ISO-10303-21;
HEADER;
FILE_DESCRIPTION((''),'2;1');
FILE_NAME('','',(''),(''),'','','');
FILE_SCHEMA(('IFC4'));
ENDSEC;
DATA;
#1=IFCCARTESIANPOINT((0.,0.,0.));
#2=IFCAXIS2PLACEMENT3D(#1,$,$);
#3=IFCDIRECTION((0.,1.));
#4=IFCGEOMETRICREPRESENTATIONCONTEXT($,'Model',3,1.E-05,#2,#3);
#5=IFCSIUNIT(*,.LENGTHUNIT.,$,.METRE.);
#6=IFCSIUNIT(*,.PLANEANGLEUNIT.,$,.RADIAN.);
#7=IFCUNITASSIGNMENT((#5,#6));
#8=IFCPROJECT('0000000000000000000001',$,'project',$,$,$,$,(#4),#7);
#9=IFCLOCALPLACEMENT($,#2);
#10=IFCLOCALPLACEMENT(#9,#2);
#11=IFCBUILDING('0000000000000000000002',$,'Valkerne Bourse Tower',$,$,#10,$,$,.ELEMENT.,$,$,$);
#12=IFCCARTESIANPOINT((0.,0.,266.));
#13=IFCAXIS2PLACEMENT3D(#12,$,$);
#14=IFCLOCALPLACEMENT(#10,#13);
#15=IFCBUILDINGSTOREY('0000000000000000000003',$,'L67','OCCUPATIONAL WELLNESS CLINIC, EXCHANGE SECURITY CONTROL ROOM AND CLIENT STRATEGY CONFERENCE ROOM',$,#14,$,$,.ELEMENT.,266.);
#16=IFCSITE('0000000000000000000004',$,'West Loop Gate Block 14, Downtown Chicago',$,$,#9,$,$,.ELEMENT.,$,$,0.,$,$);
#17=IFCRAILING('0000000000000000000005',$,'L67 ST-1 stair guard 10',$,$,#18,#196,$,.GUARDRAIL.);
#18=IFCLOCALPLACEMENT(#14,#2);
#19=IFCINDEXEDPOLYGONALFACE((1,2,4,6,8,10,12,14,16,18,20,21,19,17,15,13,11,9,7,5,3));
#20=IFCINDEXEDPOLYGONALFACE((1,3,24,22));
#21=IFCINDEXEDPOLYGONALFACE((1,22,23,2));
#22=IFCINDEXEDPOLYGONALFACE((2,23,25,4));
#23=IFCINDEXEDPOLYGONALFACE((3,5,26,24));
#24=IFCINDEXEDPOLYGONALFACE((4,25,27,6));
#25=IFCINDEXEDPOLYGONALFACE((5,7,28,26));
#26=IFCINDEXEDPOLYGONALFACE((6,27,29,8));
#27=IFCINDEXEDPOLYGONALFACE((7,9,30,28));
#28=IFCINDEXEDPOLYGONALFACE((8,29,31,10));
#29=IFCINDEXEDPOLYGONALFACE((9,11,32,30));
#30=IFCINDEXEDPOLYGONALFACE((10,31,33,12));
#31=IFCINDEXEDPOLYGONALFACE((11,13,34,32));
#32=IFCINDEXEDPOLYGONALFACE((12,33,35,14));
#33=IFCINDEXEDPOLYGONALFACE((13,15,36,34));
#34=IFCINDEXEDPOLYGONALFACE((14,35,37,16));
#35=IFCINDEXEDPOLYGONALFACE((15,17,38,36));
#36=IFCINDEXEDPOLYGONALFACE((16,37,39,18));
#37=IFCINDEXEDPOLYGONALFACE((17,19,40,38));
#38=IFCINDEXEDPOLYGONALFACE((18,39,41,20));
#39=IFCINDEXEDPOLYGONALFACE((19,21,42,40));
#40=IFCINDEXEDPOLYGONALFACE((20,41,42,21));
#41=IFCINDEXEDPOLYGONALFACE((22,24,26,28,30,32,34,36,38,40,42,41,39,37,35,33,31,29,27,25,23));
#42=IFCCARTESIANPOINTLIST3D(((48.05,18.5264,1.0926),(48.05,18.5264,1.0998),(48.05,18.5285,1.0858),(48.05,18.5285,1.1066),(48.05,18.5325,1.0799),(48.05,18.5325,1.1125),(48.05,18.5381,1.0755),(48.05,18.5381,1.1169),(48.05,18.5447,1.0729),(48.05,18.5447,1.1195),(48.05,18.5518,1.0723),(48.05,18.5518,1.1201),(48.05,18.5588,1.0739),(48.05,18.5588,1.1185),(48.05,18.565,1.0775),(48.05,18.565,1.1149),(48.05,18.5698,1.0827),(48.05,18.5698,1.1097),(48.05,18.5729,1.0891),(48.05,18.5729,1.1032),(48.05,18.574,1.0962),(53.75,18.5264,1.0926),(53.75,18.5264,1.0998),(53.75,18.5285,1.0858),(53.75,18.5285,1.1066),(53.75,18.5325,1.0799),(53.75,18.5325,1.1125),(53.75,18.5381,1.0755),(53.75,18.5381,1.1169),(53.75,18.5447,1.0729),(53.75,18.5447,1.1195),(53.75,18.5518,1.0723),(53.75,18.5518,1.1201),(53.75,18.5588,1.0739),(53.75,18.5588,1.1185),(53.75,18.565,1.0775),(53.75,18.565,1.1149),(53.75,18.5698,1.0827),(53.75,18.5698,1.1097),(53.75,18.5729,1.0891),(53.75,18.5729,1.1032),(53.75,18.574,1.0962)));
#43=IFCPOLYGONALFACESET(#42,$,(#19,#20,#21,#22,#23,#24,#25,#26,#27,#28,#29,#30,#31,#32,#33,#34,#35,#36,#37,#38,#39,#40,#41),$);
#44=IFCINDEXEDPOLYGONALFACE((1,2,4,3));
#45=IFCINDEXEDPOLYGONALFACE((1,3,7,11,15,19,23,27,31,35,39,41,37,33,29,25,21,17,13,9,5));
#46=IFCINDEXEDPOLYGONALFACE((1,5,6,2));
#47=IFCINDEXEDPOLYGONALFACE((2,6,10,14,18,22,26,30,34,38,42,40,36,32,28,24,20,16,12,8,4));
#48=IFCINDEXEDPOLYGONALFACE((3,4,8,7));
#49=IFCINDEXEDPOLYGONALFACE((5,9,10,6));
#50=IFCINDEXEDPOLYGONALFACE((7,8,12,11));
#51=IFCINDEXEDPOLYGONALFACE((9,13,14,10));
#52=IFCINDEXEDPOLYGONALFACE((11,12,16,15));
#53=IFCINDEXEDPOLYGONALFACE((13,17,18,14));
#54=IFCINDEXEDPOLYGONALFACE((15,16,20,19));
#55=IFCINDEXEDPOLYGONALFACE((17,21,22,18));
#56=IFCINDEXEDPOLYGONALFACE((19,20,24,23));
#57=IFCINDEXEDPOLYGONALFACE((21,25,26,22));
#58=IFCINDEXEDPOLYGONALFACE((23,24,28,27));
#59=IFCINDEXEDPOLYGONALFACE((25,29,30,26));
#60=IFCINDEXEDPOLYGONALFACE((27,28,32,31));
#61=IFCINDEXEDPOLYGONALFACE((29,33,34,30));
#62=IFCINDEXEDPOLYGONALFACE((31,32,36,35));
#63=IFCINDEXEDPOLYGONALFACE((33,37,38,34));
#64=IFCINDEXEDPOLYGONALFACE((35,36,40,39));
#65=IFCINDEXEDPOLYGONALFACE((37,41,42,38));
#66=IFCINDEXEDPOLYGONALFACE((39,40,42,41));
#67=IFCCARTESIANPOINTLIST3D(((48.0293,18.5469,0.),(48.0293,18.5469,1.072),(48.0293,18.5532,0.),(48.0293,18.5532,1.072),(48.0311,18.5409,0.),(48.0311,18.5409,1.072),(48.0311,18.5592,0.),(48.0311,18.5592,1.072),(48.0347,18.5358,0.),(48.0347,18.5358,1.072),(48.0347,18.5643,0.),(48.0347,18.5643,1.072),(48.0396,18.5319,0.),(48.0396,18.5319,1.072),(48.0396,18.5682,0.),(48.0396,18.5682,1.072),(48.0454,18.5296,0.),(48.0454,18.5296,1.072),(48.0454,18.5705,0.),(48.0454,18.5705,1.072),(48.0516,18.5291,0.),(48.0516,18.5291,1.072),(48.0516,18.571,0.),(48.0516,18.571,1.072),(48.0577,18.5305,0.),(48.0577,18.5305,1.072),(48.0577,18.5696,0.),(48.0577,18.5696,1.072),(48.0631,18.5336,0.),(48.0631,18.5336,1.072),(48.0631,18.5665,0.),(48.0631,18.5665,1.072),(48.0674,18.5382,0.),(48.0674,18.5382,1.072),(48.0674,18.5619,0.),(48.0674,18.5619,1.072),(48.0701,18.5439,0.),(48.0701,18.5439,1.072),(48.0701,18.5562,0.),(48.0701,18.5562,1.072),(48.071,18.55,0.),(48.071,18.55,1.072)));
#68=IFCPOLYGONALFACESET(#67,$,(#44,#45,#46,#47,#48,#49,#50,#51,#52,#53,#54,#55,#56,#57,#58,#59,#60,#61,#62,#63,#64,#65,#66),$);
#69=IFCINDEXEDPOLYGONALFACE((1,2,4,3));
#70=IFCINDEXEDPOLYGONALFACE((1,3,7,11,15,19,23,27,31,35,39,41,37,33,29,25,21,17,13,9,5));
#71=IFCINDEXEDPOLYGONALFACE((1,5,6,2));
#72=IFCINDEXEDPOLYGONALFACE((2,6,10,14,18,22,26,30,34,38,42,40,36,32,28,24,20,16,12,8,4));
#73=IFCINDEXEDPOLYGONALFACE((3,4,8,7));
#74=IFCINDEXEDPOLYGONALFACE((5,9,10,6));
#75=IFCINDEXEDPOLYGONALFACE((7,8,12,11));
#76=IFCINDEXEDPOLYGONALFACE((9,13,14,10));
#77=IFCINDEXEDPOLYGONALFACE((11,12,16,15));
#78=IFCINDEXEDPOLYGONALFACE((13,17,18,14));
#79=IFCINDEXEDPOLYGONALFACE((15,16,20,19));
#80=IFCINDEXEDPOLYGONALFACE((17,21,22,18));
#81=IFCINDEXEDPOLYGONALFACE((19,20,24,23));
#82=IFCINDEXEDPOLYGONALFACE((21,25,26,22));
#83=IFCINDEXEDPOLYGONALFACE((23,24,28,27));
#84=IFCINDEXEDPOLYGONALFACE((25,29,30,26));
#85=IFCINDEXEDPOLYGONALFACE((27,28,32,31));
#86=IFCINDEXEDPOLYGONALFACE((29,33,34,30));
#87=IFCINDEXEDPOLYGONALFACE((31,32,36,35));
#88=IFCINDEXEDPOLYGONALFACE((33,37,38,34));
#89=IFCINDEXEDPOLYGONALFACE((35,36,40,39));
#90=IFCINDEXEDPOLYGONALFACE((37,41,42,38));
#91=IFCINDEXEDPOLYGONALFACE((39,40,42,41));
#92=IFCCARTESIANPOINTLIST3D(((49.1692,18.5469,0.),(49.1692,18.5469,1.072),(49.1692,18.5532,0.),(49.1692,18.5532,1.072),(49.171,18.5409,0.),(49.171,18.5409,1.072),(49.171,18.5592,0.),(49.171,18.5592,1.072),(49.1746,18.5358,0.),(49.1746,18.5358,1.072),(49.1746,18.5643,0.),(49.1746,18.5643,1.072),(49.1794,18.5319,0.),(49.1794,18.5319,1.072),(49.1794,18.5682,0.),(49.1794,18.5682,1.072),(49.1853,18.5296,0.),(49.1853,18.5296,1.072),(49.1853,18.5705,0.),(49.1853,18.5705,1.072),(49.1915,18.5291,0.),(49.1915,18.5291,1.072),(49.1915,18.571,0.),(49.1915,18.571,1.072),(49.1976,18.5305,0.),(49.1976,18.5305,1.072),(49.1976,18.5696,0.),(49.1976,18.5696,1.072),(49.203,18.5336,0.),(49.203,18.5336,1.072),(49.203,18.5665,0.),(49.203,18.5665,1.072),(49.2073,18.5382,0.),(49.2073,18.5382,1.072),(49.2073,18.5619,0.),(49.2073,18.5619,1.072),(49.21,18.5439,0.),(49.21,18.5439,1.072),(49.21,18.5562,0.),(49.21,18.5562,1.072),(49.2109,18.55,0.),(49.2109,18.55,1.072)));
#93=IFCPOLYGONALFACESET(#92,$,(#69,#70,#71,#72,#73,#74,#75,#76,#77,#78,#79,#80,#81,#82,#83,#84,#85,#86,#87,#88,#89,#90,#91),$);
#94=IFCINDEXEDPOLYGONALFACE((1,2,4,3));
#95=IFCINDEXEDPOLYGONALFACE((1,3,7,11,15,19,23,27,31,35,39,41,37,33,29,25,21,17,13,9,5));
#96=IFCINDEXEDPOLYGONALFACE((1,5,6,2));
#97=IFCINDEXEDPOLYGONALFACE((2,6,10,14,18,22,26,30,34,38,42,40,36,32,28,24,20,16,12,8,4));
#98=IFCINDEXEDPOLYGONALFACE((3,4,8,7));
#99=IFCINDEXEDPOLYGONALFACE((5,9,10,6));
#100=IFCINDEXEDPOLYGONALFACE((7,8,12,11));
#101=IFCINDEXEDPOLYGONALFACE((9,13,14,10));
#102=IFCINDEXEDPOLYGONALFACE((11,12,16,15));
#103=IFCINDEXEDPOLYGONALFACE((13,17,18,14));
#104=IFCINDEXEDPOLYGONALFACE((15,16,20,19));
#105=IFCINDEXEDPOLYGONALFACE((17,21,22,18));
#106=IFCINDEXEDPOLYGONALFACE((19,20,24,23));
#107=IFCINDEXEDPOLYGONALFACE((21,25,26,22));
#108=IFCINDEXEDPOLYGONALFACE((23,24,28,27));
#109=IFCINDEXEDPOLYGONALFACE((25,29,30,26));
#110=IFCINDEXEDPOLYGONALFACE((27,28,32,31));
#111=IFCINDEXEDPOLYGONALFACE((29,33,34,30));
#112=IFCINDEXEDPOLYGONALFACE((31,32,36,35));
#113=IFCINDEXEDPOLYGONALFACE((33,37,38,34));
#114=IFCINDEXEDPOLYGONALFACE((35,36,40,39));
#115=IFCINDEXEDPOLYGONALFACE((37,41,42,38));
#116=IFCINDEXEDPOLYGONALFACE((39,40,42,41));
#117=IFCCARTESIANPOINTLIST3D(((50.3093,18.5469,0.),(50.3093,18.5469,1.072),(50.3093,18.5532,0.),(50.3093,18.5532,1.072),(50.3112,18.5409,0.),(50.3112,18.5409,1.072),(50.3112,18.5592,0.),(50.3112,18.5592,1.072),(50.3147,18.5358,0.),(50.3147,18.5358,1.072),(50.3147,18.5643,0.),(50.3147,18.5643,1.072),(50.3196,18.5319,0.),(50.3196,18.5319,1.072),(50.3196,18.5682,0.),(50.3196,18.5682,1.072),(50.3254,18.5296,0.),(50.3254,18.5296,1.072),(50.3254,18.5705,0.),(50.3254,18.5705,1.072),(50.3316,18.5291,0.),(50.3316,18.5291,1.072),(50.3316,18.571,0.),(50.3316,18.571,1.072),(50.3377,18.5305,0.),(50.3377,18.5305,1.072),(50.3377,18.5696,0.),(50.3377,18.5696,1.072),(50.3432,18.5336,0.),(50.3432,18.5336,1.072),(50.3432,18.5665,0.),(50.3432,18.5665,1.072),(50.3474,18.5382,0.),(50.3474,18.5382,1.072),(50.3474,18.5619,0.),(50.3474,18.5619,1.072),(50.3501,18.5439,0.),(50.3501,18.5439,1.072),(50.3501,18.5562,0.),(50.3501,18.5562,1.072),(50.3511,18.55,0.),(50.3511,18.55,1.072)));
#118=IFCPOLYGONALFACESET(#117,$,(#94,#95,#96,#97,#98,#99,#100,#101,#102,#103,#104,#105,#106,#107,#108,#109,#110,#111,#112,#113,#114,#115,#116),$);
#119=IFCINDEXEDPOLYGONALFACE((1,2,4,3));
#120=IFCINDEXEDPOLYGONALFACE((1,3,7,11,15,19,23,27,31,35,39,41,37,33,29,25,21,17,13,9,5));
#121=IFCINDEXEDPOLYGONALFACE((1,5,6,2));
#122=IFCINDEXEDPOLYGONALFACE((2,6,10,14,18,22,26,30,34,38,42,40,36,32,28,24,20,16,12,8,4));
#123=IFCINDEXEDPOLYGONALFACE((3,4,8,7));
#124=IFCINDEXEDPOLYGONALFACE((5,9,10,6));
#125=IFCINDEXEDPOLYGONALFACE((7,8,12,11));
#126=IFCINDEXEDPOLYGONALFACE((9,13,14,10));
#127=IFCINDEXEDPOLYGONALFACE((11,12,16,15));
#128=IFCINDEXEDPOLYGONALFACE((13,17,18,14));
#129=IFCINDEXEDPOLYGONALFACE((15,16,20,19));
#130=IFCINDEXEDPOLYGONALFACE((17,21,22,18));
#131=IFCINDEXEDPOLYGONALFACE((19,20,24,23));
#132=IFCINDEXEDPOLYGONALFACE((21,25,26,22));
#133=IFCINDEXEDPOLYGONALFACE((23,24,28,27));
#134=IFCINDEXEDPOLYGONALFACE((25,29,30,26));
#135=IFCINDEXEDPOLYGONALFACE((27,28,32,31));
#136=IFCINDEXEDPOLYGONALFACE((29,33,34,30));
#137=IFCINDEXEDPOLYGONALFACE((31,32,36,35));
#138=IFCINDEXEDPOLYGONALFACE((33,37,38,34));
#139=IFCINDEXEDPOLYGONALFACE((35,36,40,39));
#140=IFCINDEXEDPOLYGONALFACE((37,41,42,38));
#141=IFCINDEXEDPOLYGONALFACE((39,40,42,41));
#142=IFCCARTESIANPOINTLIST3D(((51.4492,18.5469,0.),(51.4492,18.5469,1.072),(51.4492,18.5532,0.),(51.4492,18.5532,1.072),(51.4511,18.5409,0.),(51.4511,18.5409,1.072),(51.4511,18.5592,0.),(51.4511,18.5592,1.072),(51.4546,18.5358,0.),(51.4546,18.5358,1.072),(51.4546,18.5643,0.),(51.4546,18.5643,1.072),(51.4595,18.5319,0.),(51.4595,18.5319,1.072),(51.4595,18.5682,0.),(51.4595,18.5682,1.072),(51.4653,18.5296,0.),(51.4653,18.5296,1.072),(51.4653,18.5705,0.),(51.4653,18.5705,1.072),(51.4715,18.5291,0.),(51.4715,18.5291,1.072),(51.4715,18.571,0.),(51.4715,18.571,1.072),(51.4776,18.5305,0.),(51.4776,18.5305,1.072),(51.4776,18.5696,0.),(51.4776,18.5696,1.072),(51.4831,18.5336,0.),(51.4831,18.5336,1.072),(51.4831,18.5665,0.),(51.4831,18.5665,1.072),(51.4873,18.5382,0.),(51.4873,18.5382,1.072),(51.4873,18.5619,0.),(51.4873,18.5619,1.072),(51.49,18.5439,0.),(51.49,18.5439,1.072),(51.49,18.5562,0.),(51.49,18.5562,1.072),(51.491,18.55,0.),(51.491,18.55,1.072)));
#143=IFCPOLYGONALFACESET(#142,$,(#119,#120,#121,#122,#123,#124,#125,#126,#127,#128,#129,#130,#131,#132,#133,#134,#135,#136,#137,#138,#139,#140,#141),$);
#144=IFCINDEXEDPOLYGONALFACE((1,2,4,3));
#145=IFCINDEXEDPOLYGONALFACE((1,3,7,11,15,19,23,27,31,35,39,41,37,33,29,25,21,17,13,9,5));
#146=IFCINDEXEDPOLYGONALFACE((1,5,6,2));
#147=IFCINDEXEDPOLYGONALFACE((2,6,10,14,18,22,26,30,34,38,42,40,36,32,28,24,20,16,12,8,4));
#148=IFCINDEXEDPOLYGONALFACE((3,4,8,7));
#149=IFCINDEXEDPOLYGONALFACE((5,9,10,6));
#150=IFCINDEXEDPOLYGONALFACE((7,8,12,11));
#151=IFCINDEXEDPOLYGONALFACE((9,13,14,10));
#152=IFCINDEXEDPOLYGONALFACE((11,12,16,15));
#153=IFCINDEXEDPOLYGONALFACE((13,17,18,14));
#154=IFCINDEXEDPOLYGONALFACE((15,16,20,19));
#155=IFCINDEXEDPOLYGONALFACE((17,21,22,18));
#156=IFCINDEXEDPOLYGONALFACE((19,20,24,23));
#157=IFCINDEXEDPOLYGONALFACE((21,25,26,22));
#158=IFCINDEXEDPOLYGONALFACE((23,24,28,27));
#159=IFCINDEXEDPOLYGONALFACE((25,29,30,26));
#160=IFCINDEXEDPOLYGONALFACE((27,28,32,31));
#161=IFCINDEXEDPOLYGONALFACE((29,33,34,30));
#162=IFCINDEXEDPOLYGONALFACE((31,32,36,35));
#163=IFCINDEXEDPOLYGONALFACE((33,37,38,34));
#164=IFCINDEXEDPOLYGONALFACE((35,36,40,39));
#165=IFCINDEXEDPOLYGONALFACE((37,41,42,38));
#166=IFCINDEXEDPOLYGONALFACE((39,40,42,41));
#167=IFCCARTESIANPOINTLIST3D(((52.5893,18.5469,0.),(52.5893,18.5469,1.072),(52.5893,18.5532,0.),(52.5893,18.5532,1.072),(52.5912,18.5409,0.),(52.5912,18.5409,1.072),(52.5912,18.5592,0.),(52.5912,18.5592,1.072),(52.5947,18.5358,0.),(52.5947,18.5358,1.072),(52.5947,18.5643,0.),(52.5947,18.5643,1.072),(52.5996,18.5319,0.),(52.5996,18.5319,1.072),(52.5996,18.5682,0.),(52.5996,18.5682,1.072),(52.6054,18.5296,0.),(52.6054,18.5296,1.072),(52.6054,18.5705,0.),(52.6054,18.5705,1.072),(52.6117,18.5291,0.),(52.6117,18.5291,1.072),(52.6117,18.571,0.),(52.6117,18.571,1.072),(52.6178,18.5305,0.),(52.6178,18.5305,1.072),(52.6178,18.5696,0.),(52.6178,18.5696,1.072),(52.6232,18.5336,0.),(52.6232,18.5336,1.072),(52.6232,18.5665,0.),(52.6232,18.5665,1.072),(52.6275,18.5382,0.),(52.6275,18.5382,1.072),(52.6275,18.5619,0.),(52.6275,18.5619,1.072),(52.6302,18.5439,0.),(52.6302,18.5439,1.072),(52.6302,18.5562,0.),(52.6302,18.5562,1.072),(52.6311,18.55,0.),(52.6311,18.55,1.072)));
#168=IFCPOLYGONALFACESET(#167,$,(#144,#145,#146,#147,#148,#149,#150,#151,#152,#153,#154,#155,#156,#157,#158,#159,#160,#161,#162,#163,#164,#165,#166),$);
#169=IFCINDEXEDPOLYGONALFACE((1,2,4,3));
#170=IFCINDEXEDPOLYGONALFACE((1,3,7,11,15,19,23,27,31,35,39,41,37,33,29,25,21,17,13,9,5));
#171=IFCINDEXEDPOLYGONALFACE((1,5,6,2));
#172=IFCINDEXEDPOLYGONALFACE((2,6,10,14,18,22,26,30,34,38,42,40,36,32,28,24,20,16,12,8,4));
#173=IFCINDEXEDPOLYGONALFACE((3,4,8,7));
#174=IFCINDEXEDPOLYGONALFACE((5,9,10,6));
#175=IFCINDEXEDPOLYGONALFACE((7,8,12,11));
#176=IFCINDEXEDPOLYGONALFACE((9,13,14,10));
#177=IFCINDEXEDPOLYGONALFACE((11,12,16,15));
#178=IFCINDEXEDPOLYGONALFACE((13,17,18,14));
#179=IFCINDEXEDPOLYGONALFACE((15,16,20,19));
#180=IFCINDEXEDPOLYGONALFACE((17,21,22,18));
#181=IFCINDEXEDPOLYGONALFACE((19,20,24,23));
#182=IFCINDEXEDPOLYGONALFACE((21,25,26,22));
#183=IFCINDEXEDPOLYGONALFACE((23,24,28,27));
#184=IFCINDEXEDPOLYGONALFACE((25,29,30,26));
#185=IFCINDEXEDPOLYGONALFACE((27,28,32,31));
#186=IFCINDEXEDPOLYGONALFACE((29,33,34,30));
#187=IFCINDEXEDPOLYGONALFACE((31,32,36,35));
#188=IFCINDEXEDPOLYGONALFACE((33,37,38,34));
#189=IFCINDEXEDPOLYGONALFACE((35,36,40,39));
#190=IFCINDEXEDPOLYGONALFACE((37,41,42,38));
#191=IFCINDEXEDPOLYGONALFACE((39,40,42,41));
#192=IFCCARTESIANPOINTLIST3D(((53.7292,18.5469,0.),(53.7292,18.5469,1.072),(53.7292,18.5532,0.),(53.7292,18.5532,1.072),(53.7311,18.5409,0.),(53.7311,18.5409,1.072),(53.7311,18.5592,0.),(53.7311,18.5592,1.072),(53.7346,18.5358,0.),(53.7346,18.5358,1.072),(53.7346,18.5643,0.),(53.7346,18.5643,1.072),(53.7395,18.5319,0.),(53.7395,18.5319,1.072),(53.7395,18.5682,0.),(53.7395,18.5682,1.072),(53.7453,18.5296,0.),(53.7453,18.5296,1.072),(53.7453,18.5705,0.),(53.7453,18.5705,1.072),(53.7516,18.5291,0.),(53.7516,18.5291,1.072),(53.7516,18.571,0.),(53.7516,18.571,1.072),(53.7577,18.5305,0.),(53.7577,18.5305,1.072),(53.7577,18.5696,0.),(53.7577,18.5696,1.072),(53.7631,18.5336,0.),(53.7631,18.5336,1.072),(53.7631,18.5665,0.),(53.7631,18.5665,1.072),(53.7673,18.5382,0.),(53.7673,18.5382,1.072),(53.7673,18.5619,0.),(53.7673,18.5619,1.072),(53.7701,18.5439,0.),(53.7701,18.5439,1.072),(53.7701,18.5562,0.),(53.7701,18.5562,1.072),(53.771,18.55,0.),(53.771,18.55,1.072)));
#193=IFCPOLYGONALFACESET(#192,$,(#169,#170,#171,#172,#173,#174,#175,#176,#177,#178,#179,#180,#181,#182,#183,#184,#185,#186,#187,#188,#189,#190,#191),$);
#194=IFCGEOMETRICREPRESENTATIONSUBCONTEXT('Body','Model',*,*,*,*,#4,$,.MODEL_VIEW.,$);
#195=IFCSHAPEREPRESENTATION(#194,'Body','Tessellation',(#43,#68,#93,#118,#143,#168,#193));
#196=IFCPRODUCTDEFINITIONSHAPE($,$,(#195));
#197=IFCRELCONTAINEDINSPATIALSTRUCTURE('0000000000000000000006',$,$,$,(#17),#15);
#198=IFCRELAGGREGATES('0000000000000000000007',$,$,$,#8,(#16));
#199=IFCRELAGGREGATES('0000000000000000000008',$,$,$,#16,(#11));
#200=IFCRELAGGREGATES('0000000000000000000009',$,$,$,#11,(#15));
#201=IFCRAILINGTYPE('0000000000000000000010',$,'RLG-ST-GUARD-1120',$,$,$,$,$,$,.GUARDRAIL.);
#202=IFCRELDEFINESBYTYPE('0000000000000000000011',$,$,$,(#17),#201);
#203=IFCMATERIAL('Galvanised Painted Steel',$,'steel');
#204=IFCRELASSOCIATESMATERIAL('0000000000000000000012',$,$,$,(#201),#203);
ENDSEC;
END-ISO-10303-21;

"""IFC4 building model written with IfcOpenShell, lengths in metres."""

from ifc_helpers import new_model, si_unit, direction, frame, origin, origin_2d, place, context, subcontext, project, spatial, circle, extrude, material, type_object, element, save


model = new_model("IFC4")

# Units and contexts
model_context = context("Model", 3, precision=1e-05, world=origin(), true_north=direction((0.0, 1.0)))
body_context = subcontext(model_context, "Body", "Model", "MODEL_VIEW")
ifc_project = project(units=[si_unit("LENGTHUNIT", "METRE"), si_unit("PLANEANGLEUNIT", "RADIAN")], contexts=[model_context])

# Site, building, storey
site_placement = place(None, origin())
site = spatial("IfcSite", under=ifc_project, at=site_placement, Name="West Loop Gate Block 14, Downtown Chicago", CompositionType="ELEMENT", RefElevation=0.0)
building_placement = place(site_placement, origin())
building = spatial("IfcBuilding", under=site, at=building_placement, Name="Valkerne Bourse Tower", CompositionType="ELEMENT")
storey_placement = place(building_placement, frame((0.0, 0.0, 266.0)))
storey = spatial("IfcBuildingStorey", under=building, at=storey_placement, Name="L67", Description="OCCUPATIONAL WELLNESS CLINIC, EXCHANGE SECURITY CONTROL ROOM AND CLIENT STRATEGY CONFERENCE ROOM", CompositionType="ELEMENT", Elevation=266.0)

# Railing
ifc_material_1 = material(Name="Galvanised Painted Steel", Category="steel")
railing_type_1 = type_object("IfcRailingType", Name="RLG-ST-GUARD-1120", PredefinedType="GUARDRAIL", material=ifc_material_1)
railing_1_placement = place(storey_placement, frame((48.05, 18.55, 0.0)))
element("IfcRailing", 1, at=railing_1_placement, inside=storey, type_object=railing_type_1, Name="L67 ST-1 stair guard 10", PredefinedType="GUARDRAIL", context=body_context, shape_type="SweptSolid", body=[
    extrude(circle(Radius=0.0239, at=origin_2d()), frame((0.0, 0.0, 1.0962), z_axis=(1.0, 0.0, 0.0), x_axis=(0.0, 1.0, 0.0)), (0.0, 0.0, 1.0), 5.7),
    extrude(circle(Radius=0.021, at=origin_2d()), origin(), (0.0, 0.0, 1.0), 1.072),
    extrude(circle(Radius=0.021, at=origin_2d()), frame((1.1399, 0.0, 0.0)), (0.0, 0.0, 1.0), 1.072),
    extrude(circle(Radius=0.021, at=origin_2d()), frame((2.28, 0.0, 0.0)), (0.0, 0.0, 1.0), 1.072),
    extrude(circle(Radius=0.021, at=origin_2d()), frame((3.4199, 0.0, 0.0)), (0.0, 0.0, 1.0), 1.072),
    extrude(circle(Radius=0.021, at=origin_2d()), frame((4.5601, 0.0, 0.0)), (0.0, 0.0, 1.0), 1.072),
    extrude(circle(Radius=0.021, at=origin_2d()), frame((5.7, 0.0, 0.0)), (0.0, 0.0, 1.0), 1.072),
])

save(model, "model.ifc")
